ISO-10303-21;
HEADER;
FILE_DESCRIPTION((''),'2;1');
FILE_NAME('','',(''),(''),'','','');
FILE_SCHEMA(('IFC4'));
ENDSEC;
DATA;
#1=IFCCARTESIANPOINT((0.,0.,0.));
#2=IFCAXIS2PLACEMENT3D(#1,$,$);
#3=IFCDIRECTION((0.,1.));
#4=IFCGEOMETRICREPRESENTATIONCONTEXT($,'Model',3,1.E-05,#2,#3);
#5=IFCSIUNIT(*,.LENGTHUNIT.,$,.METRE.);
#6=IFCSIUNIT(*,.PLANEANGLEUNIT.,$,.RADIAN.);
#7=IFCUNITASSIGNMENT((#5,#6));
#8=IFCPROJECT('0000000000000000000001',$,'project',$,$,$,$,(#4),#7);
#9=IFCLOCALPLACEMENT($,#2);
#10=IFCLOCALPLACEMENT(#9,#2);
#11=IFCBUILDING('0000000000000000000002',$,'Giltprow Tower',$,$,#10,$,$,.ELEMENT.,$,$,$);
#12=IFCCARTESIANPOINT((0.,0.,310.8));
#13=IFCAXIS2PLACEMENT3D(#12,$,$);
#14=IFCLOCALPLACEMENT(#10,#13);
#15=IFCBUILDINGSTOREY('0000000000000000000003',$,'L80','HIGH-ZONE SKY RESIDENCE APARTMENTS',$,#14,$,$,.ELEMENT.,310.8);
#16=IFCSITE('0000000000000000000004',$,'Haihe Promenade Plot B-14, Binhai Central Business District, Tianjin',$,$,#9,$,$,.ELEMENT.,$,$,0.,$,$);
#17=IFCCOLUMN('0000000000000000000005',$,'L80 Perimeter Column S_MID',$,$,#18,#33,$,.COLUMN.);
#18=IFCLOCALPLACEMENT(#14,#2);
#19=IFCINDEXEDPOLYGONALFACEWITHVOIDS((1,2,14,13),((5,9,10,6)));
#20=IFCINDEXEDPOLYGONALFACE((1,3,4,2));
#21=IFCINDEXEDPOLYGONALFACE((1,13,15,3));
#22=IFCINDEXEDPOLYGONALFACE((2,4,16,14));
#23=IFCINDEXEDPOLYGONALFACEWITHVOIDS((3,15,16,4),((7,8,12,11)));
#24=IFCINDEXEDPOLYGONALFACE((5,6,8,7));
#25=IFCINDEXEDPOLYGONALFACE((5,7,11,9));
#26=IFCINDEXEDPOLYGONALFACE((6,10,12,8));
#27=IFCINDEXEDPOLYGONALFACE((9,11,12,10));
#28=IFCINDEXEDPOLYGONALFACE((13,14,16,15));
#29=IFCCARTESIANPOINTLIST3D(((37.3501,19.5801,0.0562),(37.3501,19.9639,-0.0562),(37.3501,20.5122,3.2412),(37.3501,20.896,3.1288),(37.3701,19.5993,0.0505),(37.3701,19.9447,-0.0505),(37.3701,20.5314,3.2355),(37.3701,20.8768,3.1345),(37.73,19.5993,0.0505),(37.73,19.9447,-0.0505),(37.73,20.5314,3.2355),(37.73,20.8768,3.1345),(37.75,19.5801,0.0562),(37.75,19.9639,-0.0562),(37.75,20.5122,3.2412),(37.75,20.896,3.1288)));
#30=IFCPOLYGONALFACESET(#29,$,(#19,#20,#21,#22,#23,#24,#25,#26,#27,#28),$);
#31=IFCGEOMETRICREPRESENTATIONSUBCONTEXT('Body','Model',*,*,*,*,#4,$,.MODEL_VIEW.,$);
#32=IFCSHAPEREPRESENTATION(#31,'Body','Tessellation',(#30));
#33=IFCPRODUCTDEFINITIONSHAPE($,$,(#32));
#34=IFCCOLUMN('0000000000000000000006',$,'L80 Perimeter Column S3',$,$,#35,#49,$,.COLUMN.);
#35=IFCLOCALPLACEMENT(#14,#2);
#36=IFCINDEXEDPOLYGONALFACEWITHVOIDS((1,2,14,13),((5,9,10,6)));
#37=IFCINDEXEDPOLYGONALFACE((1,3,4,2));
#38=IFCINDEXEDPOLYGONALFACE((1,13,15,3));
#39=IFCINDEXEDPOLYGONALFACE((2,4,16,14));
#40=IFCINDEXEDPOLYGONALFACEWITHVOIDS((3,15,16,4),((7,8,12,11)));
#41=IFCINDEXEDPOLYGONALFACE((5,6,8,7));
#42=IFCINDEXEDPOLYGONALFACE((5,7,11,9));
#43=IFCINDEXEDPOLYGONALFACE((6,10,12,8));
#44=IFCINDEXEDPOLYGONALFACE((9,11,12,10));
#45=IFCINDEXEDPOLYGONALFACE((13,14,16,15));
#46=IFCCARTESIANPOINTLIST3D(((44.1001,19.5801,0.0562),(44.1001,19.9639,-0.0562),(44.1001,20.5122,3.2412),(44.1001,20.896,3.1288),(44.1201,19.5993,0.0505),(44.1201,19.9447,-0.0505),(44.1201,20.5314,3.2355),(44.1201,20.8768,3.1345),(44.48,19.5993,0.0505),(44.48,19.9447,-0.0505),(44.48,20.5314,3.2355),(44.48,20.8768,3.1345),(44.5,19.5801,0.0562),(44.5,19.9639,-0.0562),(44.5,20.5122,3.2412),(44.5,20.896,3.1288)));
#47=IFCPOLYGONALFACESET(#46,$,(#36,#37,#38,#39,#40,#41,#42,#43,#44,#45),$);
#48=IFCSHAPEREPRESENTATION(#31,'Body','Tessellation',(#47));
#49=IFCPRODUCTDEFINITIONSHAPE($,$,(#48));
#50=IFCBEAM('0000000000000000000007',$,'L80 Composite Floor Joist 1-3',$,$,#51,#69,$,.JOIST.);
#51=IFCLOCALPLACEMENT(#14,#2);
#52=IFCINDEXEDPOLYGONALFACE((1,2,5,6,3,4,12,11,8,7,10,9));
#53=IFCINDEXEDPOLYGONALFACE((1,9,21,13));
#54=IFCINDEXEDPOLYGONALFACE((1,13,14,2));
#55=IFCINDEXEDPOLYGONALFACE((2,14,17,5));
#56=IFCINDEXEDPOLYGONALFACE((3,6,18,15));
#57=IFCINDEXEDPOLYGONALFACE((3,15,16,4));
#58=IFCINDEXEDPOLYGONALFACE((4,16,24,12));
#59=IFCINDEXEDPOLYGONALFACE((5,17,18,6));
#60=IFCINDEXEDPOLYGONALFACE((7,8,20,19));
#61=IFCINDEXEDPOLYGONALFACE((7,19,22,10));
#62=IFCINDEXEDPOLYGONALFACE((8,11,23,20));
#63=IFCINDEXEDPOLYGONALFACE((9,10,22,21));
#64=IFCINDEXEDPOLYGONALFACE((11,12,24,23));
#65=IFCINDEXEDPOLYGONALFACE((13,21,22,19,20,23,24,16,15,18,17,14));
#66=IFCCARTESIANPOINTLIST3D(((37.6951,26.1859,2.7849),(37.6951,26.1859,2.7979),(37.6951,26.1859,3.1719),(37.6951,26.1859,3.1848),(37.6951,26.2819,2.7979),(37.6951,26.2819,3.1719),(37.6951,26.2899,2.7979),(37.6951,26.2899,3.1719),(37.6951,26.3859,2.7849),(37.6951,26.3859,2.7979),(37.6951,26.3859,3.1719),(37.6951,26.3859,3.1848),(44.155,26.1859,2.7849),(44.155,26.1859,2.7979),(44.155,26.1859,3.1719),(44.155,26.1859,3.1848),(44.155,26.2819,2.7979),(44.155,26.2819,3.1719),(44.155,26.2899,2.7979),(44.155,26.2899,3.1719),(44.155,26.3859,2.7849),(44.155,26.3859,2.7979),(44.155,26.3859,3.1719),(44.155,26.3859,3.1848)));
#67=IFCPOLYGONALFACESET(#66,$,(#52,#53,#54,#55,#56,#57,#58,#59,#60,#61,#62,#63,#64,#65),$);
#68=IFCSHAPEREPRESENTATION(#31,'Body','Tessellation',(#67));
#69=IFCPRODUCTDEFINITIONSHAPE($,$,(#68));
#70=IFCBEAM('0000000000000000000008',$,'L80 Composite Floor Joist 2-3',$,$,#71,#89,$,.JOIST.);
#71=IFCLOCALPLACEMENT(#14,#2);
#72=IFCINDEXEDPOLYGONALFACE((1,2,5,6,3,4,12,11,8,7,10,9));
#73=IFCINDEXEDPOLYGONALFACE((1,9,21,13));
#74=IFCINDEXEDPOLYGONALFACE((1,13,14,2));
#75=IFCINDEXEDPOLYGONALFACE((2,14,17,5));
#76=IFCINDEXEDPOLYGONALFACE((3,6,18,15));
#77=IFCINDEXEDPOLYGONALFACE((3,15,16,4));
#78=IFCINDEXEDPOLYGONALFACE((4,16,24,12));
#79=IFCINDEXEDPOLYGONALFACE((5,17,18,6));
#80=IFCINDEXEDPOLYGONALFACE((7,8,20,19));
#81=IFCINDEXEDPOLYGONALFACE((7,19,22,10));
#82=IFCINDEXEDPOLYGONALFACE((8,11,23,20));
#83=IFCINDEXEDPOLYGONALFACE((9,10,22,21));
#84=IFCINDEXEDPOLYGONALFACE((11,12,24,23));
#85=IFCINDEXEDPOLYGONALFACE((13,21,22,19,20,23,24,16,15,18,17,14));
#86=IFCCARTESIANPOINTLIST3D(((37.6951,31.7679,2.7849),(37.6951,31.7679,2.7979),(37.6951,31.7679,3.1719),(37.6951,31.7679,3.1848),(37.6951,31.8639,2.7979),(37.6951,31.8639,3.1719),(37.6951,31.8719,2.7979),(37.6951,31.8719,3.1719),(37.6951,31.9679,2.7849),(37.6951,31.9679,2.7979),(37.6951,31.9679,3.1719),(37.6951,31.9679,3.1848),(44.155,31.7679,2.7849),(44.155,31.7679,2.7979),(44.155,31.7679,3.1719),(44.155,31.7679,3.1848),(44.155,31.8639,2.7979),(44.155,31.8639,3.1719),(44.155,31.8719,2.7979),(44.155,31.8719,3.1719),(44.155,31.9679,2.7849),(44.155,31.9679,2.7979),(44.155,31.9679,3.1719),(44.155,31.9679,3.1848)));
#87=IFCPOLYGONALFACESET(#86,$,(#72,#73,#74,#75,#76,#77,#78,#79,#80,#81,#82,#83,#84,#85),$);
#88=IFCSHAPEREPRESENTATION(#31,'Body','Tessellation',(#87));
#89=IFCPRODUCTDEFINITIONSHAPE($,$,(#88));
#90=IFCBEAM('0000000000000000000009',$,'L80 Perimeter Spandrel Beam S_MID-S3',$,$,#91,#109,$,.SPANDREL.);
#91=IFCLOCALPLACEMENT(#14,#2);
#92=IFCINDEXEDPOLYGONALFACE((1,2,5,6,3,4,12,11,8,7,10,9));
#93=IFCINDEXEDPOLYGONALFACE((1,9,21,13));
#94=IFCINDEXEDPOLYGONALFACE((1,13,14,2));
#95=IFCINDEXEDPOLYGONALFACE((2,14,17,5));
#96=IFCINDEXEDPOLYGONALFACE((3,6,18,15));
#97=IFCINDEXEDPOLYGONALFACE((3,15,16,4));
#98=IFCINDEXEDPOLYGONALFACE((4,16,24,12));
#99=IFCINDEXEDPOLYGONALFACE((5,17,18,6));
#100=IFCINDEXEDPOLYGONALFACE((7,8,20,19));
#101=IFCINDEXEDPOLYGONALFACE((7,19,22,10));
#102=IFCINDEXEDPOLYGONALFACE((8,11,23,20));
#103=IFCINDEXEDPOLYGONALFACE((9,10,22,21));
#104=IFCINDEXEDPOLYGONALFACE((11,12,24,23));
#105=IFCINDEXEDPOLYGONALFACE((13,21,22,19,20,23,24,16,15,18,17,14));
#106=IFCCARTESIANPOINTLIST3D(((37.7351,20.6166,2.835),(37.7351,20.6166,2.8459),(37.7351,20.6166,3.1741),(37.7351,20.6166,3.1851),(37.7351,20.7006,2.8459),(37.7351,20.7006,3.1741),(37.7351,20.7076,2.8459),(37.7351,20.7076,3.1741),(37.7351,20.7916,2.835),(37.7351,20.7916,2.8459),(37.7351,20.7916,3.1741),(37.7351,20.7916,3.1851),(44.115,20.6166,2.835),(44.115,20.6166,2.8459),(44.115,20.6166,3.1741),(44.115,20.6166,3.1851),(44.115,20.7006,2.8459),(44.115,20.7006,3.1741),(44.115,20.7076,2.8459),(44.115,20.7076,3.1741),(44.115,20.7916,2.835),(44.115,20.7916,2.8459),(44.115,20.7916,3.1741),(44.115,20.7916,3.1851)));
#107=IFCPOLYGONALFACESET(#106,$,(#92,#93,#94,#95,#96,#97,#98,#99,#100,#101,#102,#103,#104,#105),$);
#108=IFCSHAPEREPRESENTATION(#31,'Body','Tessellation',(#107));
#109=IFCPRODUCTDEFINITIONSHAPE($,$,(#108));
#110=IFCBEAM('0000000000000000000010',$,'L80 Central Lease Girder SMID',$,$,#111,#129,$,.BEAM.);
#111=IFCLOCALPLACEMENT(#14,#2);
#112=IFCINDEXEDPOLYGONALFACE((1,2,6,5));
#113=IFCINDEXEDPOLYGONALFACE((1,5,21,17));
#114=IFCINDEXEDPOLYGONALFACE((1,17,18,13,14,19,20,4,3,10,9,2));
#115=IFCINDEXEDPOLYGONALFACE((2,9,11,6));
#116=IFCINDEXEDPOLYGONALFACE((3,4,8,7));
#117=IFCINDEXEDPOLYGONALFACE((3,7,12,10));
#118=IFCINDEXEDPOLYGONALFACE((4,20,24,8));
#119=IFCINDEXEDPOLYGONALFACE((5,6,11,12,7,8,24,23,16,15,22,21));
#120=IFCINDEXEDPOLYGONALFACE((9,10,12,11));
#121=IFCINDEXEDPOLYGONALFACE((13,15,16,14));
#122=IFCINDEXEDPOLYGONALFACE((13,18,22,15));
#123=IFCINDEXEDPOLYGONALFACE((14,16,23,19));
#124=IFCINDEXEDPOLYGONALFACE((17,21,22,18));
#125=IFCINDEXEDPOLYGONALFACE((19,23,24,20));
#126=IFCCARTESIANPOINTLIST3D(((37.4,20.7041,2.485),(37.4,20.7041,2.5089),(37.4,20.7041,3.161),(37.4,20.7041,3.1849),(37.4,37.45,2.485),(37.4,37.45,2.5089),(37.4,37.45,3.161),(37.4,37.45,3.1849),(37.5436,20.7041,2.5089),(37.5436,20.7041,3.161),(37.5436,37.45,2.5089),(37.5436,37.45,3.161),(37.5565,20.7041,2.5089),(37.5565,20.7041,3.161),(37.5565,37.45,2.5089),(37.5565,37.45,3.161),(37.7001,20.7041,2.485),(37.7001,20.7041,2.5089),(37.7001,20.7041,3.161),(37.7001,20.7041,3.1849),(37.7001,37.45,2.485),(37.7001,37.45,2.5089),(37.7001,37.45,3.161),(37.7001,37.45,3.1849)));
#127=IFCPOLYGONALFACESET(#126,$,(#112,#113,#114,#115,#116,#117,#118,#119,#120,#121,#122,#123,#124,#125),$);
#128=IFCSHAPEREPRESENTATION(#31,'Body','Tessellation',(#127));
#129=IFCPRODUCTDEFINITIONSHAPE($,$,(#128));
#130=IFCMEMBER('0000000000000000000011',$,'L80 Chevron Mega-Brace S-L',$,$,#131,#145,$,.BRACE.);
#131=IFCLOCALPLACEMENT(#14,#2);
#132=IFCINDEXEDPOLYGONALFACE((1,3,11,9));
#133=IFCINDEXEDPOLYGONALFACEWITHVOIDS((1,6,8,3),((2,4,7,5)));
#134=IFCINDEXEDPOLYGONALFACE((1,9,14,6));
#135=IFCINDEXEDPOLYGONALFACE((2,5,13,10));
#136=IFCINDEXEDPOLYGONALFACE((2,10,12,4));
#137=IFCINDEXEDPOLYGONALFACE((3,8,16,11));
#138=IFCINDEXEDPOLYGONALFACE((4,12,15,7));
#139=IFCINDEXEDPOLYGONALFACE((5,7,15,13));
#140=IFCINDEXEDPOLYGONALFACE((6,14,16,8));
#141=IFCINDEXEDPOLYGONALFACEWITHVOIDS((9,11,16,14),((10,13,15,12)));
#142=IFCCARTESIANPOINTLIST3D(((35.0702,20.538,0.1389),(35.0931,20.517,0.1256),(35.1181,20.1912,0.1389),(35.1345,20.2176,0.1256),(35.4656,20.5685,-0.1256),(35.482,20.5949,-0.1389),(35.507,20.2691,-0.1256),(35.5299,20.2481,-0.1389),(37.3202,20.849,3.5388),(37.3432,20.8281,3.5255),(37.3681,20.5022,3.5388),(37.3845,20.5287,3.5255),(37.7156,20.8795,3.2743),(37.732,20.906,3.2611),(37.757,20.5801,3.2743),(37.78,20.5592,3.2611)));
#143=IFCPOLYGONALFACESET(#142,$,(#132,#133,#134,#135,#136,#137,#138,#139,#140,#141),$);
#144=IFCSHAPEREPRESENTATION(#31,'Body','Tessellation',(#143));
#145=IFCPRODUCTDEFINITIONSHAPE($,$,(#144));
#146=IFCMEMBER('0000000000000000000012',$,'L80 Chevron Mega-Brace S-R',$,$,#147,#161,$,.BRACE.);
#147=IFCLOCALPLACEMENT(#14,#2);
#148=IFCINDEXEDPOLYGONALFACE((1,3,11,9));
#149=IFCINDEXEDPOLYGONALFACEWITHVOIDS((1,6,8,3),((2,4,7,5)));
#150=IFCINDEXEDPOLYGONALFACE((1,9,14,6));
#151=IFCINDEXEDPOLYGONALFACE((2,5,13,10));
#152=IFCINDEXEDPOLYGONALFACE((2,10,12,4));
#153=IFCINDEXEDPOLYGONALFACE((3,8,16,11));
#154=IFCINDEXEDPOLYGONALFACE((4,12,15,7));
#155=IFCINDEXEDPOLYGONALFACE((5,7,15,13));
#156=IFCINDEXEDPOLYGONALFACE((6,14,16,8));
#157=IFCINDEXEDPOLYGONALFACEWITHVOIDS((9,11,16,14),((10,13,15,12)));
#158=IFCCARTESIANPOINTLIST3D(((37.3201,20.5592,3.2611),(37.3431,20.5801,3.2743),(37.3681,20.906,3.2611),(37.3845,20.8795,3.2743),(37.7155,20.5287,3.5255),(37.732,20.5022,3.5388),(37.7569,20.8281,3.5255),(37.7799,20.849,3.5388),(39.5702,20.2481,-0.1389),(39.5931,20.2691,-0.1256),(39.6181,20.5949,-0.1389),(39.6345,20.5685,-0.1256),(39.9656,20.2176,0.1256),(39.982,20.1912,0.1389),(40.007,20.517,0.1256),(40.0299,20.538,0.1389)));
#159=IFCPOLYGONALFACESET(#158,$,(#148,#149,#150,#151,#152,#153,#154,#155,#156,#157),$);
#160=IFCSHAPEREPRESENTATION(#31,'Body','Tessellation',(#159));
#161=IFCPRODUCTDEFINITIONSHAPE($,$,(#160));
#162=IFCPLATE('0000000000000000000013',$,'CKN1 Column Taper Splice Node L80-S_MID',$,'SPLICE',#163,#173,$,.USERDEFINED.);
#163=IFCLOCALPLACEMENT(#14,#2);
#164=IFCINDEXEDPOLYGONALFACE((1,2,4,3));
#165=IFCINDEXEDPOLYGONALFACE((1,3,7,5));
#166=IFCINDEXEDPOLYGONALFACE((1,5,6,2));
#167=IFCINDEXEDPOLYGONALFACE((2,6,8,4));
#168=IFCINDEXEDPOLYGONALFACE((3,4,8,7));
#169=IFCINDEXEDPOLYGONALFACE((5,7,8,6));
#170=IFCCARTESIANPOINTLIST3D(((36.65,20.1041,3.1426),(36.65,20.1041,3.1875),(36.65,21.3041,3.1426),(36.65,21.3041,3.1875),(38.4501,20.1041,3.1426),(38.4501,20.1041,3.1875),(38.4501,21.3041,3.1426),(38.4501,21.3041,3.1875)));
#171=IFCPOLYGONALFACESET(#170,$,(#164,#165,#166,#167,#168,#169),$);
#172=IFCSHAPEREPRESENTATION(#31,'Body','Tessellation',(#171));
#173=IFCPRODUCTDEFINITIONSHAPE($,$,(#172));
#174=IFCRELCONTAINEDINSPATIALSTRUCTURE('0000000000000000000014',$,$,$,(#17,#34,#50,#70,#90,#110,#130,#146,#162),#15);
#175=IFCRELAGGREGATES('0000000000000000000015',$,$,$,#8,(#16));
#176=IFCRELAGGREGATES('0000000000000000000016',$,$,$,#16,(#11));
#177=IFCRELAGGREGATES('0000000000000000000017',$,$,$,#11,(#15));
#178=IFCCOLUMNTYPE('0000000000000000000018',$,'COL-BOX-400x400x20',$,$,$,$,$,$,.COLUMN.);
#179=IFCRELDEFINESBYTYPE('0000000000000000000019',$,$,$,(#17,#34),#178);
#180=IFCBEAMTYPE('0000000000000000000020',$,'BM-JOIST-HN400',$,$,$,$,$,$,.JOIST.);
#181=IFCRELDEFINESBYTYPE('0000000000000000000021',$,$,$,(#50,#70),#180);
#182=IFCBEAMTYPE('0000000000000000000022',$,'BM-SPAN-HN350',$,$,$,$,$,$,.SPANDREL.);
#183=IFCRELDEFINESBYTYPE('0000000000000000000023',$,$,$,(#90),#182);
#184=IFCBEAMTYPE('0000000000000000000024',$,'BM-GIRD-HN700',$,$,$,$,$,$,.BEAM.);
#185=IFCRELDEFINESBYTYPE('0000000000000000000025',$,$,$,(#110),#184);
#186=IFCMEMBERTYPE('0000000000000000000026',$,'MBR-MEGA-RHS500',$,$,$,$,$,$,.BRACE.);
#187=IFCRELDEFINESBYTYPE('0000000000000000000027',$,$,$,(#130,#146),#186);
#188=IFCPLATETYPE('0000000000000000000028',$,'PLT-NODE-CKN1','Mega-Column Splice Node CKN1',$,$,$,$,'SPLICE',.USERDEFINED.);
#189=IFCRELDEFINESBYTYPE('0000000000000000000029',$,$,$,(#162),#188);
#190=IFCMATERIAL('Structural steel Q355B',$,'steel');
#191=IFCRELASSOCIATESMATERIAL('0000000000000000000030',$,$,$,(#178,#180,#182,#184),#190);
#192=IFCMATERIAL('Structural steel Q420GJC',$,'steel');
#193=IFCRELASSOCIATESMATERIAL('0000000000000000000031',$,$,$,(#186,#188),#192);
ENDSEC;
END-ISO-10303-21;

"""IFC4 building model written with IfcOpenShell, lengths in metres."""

from ifc_helpers import new_model, si_unit, direction, frame, origin, origin_2d, place, context, subcontext, project, spatial, rectangle, hollow_rectangle, i_section, extrude, source, transform, mapped, material, material_profile, profile_set, type_object, element, save


model = new_model("IFC4")

# Units and contexts
model_context = context("Model", 3, precision=1e-05, world=origin(), true_north=direction((0.0, 1.0)))
body_context = subcontext(model_context, "Body", "Model", "MODEL_VIEW")
ifc_project = project(units=[si_unit("LENGTHUNIT", "METRE"), si_unit("PLANEANGLEUNIT", "RADIAN")], contexts=[model_context])

# Site, building, storey
site_placement = place(None, origin())
site = spatial("IfcSite", under=ifc_project, at=site_placement, Name="Haihe Promenade Plot B-14, Binhai Central Business District, Tianjin", CompositionType="ELEMENT", RefElevation=0.0)
building_placement = place(site_placement, origin())
building = spatial("IfcBuilding", under=site, at=building_placement, Name="Giltprow Tower", CompositionType="ELEMENT")
storey_placement = place(building_placement, frame((0.0, 0.0, 310.8)))
storey = spatial("IfcBuildingStorey", under=building, at=storey_placement, Name="L80", Description="HIGH-ZONE SKY RESIDENCE APARTMENTS", CompositionType="ELEMENT", Elevation=310.8)

# Columns
ifc_material_1 = material(Name="Structural steel Q355B", Category="steel")
ifc_material_profile_1 = material_profile(ifc_material_1, hollow_rectangle(XDim=0.3999, YDim=0.3999, WallThickness=0.02, at=origin_2d()), Name="BOX 400x400x20")
ifc_profile_set_1 = profile_set([ifc_material_profile_1], Name="Structural steel Q355B")
column_type = type_object("IfcColumnType", Name="COL-BOX-400x400x20", PredefinedType="COLUMN", material=ifc_profile_set_1)
shared_shape_1 = source(origin(), body_context, "Body", "SweptSolid", [
    extrude(hollow_rectangle(XDim=0.3999, YDim=0.3999, WallThickness=0.02, at=origin_2d()), origin(), (0.0, 0.0, 1.0), 3.3186),
])
for number, where, z_axis, x_axis, name in (
    (1, (37.55, 19.772, 0.0), (0.0, 0.280876, 0.959744), (-1.0, 0.0, 0.0), "L80 Perimeter Column S_MID"),
    (2, (44.3, 19.772, 0.0), (0.0, 0.280876, 0.959744), (-1.0, 0.0, 0.0), "L80 Perimeter Column S3"),
):
    element("IfcColumn", number, at=place(storey_placement, frame(where, z_axis=z_axis, x_axis=x_axis)), inside=storey, type_object=column_type, Name=name, PredefinedType="COLUMN", context=body_context, shape_type="MappedRepresentation", body=[
        mapped(shared_shape_1, transform((0.0, 0.0, 0.0), x_axis=(1.0, 0.0, 0.0), y_axis=(0.0, 1.0, 0.0), z_axis=(0.0, 0.0, 1.0), scale=1.0)),
    ])

# Beams
ifc_material_profile_2 = material_profile(ifc_material_1, i_section(OverallWidth=0.2, OverallDepth=0.3999, WebThickness=0.0081, FlangeThickness=0.0129, at=origin_2d()), Name="HN 400x200x8x13")
ifc_profile_set_2 = profile_set([ifc_material_profile_2], Name="Structural steel Q355B")
beam_type_1 = type_object("IfcBeamType", Name="BM-JOIST-HN400", PredefinedType="JOIST", material=ifc_profile_set_2)
shared_shape_2 = source(origin(), body_context, "Body", "SweptSolid", [
    extrude(i_section(OverallWidth=0.2, OverallDepth=0.3999, WebThickness=0.0081, FlangeThickness=0.0129, at=origin_2d()), origin(), (0.0, 0.0, 1.0), 6.46),
])
for number, where, z_axis, x_axis, name in (
    (3, (37.6951, 26.2859, 2.9849), (1.0, 0.0, 0.0), (0.0, 1.0, 0.0), "L80 Composite Floor Joist 1-3"),
    (4, (37.6951, 31.8679, 2.9849), (1.0, 0.0, 0.0), (0.0, 1.0, 0.0), "L80 Composite Floor Joist 2-3"),
):
    element("IfcBeam", number, at=place(storey_placement, frame(where, z_axis=z_axis, x_axis=x_axis)), inside=storey, type_object=beam_type_1, Name=name, PredefinedType="JOIST", context=body_context, shape_type="MappedRepresentation", body=[
        mapped(shared_shape_2, transform((0.0, 0.0, 0.0), x_axis=(1.0, 0.0, 0.0), y_axis=(0.0, 1.0, 0.0), z_axis=(0.0, 0.0, 1.0), scale=1.0)),
    ])
ifc_material_profile_3 = material_profile(ifc_material_1, i_section(OverallWidth=0.175, OverallDepth=0.3501, WebThickness=0.0071, FlangeThickness=0.011, at=origin_2d()), Name="HN 350x175x7x11")
ifc_profile_set_3 = profile_set([ifc_material_profile_3], Name="Structural steel Q355B")
beam_type_2 = type_object("IfcBeamType", Name="BM-SPAN-HN350", PredefinedType="SPANDREL", material=ifc_profile_set_3)
shared_shape_3 = source(origin(), body_context, "Body", "SweptSolid", [
    extrude(i_section(OverallWidth=0.175, OverallDepth=0.3501, WebThickness=0.0071, FlangeThickness=0.011, at=origin_2d()), origin(), (0.0, 0.0, 1.0), 6.3799),
])
beam_1_placement = place(storey_placement, frame((37.7351, 20.7041, 3.01), z_axis=(1.0, 0.0, 0.0), x_axis=(0.0, 1.0, 0.0)))
element("IfcBeam", 5, at=beam_1_placement, inside=storey, type_object=beam_type_2, Name="L80 Perimeter Spandrel Beam S_MID-S3", PredefinedType="SPANDREL", context=body_context, shape_type="MappedRepresentation", body=[
    mapped(shared_shape_3, transform((0.0, 0.0, 0.0), x_axis=(1.0, 0.0, 0.0), y_axis=(0.0, 1.0, 0.0), z_axis=(0.0, 0.0, 1.0), scale=1.0)),
])
ifc_material_profile_4 = material_profile(ifc_material_1, i_section(OverallWidth=0.3, OverallDepth=0.7, WebThickness=0.0129, FlangeThickness=0.0239, at=origin_2d()), Name="HN 700x300x13x24")
ifc_profile_set_4 = profile_set([ifc_material_profile_4], Name="Structural steel Q355B")
beam_type_3 = type_object("IfcBeamType", Name="BM-GIRD-HN700", PredefinedType="BEAM", material=ifc_profile_set_4)
shared_shape_4 = source(origin(), body_context, "Body", "SweptSolid", [
    extrude(i_section(OverallWidth=0.3, OverallDepth=0.7, WebThickness=0.0129, FlangeThickness=0.0239, at=origin_2d()), origin(), (0.0, 0.0, 1.0), 16.7458),
])
beam_2_placement = place(storey_placement, frame((37.55, 20.7041, 2.835), z_axis=(0.0, 1.0, 0.0), x_axis=(-1.0, 0.0, 0.0)))
element("IfcBeam", 6, at=beam_2_placement, inside=storey, type_object=beam_type_3, Name="L80 Central Lease Girder SMID", PredefinedType="BEAM", context=body_context, shape_type="MappedRepresentation", body=[
    mapped(shared_shape_4, transform((0.0, 0.0, 0.0), x_axis=(1.0, 0.0, 0.0), y_axis=(0.0, 1.0, 0.0), z_axis=(0.0, 0.0, 1.0), scale=1.0)),
])

# Members
ifc_material_2 = material(Name="Structural steel Q420GJC", Category="steel")
ifc_material_profile_5 = material_profile(ifc_material_2, hollow_rectangle(XDim=0.3501, YDim=0.5, WallThickness=0.0239, at=origin_2d()), Name="RHS 500x350x24")
ifc_profile_set_5 = profile_set([ifc_material_profile_5], Name="Structural steel Q420GJC")
member_type = type_object("IfcMemberType", Name="MBR-MEGA-RHS500", PredefinedType="BRACE", material=ifc_profile_set_5)
shared_shape_5 = source(origin(), body_context, "Body", "SweptSolid", [
    extrude(hollow_rectangle(XDim=0.3501, YDim=0.5, WallThickness=0.0239, at=origin_2d()), origin(), (0.0, 0.0, 1.0), 4.0889),
])
for number, where, z_axis, x_axis, name in (
    (7, (35.3, 20.3931, 0.0), (0.550279, 0.076069, 0.831509), (-0.136936, 0.99058, 0.0), "L80 Chevron Mega-Brace S-L"),
    (8, (39.8, 20.3931, 0.0), (-0.550279, 0.076069, 0.831509), (-0.136936, -0.99058, 0.0), "L80 Chevron Mega-Brace S-R"),
):
    element("IfcMember", number, at=place(storey_placement, frame(where, z_axis=z_axis, x_axis=x_axis)), inside=storey, type_object=member_type, Name=name, PredefinedType="BRACE", context=body_context, shape_type="MappedRepresentation", body=[
        mapped(shared_shape_5, transform((0.0, 0.0, 0.0), x_axis=(1.0, 0.0, 0.0), y_axis=(0.0, 1.0, 0.0), z_axis=(0.0, 0.0, 1.0), scale=1.0)),
    ])

# Plate
plate_type_1 = type_object("IfcPlateType", Name="PLT-NODE-CKN1", Description="Mega-Column Splice Node CKN1", ElementType="SPLICE", PredefinedType="USERDEFINED", material=ifc_material_2)
shared_shape_6 = source(origin(), body_context, "Body", "SweptSolid", [
    extrude(rectangle(XDim=1.8, YDim=1.2, at=origin_2d()), origin(), (0.0, 0.0, 1.0), 0.0449),
])
plate_1_placement = place(storey_placement, frame((37.55, 20.7041, 3.1426), z_axis=(0.0, 0.0, 1.0), x_axis=(1.0, 0.0, 0.0)))
element("IfcPlate", 9, at=plate_1_placement, inside=storey, type_object=plate_type_1, Name="CKN1 Column Taper Splice Node L80-S_MID", ObjectType="SPLICE", PredefinedType="USERDEFINED", context=body_context, shape_type="MappedRepresentation", body=[
    mapped(shared_shape_6, transform((0.0, 0.0, 0.0), x_axis=(1.0, 0.0, 0.0), y_axis=(0.0, 1.0, 0.0), z_axis=(0.0, 0.0, 1.0), scale=1.0)),
])

save(model, "model.ifc")
